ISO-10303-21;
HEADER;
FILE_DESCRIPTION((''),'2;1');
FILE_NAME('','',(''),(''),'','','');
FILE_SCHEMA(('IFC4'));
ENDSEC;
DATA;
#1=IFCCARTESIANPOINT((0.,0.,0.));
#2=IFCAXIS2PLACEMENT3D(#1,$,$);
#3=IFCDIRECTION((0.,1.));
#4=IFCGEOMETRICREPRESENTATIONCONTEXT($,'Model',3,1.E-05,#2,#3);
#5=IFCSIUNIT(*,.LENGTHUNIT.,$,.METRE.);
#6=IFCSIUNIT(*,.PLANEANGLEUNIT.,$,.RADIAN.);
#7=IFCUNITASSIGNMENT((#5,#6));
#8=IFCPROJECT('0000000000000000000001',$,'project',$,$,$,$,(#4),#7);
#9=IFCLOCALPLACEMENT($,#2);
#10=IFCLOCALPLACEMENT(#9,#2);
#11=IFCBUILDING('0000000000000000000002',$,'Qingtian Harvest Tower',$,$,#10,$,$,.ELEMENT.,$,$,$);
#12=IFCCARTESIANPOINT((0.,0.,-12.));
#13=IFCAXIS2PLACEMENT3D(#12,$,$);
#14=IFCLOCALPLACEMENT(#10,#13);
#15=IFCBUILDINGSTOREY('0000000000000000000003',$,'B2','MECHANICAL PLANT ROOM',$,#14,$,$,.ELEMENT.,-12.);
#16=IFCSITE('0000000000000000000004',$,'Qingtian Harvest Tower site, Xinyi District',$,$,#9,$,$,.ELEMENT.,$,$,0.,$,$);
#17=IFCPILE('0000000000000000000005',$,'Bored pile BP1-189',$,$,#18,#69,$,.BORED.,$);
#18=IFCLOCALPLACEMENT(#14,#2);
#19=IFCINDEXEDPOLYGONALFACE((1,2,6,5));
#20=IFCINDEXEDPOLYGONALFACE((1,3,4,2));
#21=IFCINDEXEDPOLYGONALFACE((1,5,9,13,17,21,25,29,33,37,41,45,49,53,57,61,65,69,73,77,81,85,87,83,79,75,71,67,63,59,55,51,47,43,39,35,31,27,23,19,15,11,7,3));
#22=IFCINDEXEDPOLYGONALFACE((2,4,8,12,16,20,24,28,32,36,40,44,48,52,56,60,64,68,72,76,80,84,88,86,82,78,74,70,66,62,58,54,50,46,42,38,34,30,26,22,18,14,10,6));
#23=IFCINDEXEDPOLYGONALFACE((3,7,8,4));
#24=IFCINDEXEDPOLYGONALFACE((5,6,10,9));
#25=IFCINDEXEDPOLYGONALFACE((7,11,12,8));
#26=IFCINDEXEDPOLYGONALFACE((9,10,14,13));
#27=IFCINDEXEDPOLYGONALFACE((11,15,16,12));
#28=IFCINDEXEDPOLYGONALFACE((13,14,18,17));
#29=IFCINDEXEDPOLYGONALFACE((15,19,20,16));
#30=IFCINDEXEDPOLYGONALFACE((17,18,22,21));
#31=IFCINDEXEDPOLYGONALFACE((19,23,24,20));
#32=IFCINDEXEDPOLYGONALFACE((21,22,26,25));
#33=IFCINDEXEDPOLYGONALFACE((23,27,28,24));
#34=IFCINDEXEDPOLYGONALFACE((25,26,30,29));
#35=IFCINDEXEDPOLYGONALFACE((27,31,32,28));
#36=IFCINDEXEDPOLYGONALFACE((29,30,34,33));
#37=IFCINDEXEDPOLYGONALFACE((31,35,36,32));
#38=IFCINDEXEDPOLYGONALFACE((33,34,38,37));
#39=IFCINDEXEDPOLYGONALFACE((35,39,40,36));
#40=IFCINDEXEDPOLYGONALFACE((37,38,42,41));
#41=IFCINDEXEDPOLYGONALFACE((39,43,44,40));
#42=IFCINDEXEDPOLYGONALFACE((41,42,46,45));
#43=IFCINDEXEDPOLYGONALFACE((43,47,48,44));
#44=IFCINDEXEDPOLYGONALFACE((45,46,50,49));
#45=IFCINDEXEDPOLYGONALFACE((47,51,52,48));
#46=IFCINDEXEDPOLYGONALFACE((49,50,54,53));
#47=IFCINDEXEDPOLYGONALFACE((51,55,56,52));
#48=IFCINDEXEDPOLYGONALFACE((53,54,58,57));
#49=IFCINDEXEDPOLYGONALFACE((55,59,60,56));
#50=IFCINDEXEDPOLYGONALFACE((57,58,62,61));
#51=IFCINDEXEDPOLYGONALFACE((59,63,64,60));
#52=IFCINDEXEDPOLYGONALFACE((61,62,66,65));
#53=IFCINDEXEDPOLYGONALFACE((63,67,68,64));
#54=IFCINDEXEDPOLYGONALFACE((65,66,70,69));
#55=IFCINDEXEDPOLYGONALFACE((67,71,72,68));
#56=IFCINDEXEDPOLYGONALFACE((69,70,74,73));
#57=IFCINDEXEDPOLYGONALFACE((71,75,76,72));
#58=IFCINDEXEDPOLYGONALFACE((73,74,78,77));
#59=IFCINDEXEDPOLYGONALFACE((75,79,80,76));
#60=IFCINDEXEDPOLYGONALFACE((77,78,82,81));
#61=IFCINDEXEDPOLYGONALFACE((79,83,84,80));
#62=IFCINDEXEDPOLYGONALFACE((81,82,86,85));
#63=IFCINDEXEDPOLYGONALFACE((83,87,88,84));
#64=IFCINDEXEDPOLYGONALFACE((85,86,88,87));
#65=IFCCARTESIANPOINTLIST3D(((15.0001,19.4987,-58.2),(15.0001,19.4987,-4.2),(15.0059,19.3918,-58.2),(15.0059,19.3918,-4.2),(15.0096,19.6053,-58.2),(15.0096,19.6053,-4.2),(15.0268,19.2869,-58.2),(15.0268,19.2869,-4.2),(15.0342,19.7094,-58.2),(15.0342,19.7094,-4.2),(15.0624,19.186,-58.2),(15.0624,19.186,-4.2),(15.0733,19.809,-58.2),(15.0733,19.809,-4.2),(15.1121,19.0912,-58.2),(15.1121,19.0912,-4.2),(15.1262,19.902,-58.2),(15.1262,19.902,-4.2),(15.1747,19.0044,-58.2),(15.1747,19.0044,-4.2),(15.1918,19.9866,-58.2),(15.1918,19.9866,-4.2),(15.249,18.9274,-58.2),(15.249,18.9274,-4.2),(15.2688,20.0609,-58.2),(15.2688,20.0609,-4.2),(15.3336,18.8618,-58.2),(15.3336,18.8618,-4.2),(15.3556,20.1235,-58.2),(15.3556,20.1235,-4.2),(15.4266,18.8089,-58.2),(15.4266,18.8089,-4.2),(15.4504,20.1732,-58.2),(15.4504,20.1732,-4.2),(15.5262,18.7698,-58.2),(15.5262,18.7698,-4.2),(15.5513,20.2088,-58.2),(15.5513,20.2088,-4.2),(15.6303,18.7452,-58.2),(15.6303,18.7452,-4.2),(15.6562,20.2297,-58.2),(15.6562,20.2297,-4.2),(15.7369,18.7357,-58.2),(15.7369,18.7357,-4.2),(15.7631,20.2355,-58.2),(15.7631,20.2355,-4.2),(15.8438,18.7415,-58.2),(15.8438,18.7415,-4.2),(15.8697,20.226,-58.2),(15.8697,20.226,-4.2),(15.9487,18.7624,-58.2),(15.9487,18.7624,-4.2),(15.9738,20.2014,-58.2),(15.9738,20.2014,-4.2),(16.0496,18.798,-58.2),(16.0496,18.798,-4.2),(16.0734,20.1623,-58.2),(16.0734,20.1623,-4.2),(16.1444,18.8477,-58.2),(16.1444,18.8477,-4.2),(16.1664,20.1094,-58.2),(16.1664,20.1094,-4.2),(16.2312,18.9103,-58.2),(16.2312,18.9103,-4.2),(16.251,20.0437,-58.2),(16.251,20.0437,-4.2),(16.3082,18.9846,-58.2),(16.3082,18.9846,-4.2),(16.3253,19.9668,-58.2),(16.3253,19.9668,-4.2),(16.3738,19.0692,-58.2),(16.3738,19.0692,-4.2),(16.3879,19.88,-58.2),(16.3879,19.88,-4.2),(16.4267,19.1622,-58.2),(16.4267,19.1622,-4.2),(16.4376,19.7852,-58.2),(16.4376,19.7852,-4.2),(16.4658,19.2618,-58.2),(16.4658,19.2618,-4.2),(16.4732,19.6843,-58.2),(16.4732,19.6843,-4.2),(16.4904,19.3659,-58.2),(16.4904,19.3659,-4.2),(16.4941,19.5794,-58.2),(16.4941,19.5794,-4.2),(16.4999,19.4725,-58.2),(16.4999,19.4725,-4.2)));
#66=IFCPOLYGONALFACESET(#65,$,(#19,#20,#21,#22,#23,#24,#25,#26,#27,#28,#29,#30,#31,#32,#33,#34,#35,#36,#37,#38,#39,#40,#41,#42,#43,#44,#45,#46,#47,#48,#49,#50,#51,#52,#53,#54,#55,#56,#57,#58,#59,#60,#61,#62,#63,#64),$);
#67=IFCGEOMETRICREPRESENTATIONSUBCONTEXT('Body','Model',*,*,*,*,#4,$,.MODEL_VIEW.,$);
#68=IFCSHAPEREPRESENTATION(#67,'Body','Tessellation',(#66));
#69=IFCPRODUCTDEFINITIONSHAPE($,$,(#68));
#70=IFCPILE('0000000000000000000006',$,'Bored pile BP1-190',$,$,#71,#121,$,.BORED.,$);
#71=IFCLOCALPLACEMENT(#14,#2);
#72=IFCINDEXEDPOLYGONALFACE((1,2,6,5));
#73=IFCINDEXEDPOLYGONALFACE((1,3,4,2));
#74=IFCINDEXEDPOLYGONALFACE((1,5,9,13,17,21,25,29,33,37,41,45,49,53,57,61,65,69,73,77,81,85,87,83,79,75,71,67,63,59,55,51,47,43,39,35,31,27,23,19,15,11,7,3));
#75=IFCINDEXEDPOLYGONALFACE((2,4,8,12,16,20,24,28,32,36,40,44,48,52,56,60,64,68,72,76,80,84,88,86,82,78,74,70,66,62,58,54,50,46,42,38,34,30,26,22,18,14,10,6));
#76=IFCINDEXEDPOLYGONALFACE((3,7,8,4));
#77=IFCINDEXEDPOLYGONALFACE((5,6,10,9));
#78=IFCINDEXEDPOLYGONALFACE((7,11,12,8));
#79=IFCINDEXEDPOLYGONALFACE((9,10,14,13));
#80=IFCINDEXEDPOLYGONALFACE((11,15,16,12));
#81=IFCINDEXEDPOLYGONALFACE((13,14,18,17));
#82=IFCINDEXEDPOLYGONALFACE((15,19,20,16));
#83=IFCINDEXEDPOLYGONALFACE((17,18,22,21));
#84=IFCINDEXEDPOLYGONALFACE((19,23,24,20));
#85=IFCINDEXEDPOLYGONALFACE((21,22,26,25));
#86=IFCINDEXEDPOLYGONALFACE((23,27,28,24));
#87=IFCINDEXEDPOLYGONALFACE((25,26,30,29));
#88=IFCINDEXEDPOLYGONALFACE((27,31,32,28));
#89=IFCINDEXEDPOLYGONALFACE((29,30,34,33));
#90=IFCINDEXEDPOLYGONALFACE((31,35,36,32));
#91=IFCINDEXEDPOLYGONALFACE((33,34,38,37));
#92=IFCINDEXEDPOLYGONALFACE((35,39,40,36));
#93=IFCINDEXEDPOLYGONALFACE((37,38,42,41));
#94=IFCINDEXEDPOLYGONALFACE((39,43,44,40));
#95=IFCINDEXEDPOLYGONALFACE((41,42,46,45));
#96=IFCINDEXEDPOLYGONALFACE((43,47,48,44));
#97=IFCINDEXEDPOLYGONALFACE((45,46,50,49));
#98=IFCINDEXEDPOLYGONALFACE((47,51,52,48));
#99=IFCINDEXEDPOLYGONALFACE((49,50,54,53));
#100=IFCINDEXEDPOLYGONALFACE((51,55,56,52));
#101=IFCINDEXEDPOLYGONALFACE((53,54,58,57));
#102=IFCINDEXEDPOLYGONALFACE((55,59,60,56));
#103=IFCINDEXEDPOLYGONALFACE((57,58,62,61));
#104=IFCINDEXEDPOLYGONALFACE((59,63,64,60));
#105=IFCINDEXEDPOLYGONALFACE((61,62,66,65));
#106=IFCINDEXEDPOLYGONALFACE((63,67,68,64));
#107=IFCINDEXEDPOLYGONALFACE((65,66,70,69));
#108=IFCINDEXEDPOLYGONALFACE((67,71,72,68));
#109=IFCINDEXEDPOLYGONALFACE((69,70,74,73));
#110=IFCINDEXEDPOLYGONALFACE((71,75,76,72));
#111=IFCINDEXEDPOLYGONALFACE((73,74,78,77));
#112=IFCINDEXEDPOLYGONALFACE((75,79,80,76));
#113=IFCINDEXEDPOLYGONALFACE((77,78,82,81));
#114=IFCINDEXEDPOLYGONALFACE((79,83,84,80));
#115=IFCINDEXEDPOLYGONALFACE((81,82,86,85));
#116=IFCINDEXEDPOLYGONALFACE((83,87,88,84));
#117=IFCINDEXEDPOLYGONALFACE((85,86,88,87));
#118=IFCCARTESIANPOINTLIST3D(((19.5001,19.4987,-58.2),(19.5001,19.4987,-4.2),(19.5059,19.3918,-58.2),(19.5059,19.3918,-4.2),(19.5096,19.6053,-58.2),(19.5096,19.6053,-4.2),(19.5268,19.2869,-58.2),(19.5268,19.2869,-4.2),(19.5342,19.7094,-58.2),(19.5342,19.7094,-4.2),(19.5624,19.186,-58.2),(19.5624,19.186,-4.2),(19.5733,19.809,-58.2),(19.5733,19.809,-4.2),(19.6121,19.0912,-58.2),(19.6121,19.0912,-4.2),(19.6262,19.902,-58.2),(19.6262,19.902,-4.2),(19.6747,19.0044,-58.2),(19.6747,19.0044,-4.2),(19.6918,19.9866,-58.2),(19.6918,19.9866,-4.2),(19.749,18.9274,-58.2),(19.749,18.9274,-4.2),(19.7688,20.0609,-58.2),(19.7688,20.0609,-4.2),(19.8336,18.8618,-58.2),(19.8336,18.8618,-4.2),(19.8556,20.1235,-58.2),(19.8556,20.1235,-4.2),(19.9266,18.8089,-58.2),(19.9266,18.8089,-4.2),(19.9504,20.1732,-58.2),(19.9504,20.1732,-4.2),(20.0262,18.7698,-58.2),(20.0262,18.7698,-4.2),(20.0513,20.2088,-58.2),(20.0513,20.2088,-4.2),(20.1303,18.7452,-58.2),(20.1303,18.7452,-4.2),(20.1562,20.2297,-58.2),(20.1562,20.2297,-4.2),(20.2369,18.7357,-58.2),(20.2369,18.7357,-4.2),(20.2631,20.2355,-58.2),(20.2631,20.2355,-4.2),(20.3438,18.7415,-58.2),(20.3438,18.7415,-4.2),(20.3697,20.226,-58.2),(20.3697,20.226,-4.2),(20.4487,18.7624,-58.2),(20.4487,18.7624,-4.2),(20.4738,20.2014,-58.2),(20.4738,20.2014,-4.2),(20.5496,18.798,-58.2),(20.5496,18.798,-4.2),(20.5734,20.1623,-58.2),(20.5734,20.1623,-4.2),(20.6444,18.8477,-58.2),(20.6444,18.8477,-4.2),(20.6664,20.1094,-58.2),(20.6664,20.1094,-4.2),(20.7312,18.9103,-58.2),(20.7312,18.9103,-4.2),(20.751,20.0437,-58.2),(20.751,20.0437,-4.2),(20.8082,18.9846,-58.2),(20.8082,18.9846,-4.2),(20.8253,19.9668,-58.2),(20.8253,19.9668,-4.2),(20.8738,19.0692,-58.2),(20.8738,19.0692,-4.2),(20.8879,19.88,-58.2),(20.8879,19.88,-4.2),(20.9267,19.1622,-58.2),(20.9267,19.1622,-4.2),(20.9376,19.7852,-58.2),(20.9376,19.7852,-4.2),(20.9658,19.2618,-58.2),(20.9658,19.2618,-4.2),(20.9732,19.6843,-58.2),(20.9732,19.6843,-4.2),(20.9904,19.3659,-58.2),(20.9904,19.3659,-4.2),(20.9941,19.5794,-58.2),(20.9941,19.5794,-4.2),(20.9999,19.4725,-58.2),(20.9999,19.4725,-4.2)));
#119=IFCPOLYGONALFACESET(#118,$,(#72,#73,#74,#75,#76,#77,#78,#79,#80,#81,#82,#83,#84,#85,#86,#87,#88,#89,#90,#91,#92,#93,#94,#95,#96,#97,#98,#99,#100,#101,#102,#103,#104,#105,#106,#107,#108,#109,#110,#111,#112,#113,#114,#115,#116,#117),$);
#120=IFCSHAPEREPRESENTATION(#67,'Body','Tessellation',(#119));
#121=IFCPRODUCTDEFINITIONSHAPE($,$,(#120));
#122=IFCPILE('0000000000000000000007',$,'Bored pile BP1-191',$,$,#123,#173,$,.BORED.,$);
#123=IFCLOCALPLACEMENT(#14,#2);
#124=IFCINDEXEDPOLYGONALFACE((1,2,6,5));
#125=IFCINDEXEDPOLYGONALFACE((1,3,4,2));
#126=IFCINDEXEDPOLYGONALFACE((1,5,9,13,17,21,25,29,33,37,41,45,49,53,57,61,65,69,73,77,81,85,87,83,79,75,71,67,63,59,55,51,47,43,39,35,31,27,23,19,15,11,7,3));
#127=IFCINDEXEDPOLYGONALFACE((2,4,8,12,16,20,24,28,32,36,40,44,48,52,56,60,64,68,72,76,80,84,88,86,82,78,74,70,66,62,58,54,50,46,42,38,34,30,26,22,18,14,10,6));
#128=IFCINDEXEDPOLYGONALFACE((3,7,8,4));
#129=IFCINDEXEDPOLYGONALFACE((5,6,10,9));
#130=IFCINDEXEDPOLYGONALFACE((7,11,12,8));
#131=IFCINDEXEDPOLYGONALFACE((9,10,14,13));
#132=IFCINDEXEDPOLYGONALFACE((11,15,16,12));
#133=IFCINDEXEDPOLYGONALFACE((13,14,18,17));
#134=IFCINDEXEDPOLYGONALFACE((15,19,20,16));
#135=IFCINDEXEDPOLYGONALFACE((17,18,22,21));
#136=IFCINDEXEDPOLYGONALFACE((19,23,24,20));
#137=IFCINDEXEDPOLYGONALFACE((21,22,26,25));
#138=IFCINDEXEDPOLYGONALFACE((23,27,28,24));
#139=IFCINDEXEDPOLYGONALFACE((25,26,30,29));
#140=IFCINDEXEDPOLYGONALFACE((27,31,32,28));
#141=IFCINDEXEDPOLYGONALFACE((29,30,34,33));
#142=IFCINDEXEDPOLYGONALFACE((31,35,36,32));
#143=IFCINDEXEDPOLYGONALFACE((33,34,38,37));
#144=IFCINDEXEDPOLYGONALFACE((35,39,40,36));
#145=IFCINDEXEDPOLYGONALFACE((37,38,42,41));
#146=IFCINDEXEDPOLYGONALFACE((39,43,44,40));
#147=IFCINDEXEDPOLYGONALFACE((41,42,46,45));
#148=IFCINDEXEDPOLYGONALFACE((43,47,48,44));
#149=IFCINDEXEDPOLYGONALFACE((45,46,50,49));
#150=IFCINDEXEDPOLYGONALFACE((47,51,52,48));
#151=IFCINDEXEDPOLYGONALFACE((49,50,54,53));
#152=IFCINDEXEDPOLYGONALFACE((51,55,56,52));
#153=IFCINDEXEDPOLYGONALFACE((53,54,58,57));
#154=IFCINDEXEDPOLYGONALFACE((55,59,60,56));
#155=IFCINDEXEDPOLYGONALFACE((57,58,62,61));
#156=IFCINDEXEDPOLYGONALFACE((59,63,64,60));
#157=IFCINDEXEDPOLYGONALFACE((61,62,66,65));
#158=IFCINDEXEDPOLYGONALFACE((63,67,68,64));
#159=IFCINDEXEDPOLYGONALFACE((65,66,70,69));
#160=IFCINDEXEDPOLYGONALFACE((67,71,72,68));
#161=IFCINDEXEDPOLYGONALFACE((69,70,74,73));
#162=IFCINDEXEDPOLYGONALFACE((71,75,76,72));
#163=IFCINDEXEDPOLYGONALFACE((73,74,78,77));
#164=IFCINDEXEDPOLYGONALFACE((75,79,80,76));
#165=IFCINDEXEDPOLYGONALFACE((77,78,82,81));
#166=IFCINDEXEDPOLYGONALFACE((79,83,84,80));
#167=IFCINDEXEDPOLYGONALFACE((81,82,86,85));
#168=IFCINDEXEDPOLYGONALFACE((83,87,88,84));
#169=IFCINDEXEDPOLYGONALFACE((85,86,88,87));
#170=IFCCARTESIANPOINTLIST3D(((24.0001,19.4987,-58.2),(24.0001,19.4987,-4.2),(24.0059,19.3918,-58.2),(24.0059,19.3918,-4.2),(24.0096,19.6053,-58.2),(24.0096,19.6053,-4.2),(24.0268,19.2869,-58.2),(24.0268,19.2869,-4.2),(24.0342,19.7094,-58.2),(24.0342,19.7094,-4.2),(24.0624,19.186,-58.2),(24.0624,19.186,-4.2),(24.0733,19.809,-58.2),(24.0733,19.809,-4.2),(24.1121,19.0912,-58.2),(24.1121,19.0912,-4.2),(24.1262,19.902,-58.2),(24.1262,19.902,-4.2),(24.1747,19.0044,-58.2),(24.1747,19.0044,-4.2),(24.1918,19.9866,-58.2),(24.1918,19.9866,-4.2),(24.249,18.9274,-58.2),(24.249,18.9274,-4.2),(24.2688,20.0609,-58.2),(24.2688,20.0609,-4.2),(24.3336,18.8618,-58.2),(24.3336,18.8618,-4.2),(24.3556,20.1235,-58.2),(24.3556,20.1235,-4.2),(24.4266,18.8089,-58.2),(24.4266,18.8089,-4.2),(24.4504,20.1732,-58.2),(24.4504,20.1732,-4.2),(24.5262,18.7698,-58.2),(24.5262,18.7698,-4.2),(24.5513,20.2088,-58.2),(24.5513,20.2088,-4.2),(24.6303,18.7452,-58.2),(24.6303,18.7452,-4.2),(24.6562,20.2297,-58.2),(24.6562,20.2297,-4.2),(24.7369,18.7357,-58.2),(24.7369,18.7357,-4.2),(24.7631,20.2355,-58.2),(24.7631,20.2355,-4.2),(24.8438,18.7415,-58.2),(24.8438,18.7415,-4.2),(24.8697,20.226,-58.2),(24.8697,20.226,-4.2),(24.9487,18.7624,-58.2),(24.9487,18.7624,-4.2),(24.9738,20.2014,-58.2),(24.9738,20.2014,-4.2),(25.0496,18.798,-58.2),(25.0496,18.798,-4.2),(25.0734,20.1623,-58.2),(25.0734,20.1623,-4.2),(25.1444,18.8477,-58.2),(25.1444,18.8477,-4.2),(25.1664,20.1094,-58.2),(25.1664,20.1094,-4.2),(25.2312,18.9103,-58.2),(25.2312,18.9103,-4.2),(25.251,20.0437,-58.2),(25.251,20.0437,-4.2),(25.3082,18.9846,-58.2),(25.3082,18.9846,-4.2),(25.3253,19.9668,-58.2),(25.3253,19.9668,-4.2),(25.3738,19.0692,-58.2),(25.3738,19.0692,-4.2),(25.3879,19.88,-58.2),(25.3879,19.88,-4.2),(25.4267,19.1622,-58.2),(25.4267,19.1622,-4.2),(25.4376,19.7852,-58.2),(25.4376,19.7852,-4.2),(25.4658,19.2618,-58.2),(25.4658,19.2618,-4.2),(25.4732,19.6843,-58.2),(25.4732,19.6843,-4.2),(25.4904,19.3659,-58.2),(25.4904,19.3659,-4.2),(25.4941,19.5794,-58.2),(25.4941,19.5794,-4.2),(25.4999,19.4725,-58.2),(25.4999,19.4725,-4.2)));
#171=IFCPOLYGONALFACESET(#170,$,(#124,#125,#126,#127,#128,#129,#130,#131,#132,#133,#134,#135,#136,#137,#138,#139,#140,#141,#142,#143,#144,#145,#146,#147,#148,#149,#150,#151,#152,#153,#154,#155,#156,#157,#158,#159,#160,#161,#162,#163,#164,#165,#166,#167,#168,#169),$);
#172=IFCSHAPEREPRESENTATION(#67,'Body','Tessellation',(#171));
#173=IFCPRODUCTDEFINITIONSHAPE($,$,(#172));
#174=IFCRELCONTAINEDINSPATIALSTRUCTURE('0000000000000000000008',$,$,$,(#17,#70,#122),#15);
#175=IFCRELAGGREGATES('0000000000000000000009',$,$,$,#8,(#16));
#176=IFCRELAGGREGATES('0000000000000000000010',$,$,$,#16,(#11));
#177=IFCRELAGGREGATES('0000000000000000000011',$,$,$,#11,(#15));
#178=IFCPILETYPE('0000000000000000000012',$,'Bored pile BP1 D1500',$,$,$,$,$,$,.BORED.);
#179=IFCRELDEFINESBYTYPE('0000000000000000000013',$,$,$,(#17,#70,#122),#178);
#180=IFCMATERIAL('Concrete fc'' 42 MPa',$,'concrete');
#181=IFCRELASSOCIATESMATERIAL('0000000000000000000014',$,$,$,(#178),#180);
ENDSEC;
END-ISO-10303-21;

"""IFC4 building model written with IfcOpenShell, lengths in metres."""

from ifc_helpers import new_model, si_unit, direction, frame, frame_2d, origin, place, context, subcontext, project, spatial, circle, extrude, material, material_profile, profile_set, type_object, element, save


model = new_model("IFC4")

# Units and contexts
model_context = context("Model", 3, precision=1e-05, world=origin(), true_north=direction((0.0, 1.0)))
body_context = subcontext(model_context, "Body", "Model", "MODEL_VIEW")
ifc_project = project(units=[si_unit("LENGTHUNIT", "METRE"), si_unit("PLANEANGLEUNIT", "RADIAN")], contexts=[model_context])

# Site, building, storey
site_placement = place(None, origin())
site = spatial("IfcSite", under=ifc_project, at=site_placement, Name="Qingtian Harvest Tower site, Xinyi District", CompositionType="ELEMENT", RefElevation=0.0)
building_placement = place(site_placement, origin())
building = spatial("IfcBuilding", under=site, at=building_placement, Name="Qingtian Harvest Tower", CompositionType="ELEMENT")
storey_placement = place(building_placement, frame((0.0, 0.0, -12.0)))
storey = spatial("IfcBuildingStorey", under=building, at=storey_placement, Name="B2", Description="MECHANICAL PLANT ROOM", CompositionType="ELEMENT", Elevation=-12.0)

# Piles
ifc_material_1 = material(Name="Concrete fc' 42 MPa", Category="concrete")
ifc_material_profile_1 = material_profile(ifc_material_1, circle(Radius=0.75, at=frame_2d((0.0, 0.0), x_axis=(0.999848, 0.017452))), Name="Bored pile BP1 D1500")
ifc_profile_set_1 = profile_set([ifc_material_profile_1], Name="Concrete fc' 42 MPa")
pile_type = type_object("IfcPileType", Name="Bored pile BP1 D1500", PredefinedType="BORED", material=ifc_profile_set_1)
for number, where, z_axis, x_axis, name in (
    (1, (15.75, 19.4856, -4.2), (0.0, 0.0, -1.0), (1.0, 0.0, 0.0), "Bored pile BP1-189"),
    (2, (20.25, 19.4856, -4.2), (0.0, 0.0, -1.0), (1.0, 0.0, 0.0), "Bored pile BP1-190"),
    (3, (24.75, 19.4856, -4.2), (0.0, 0.0, -1.0), (1.0, 0.0, 0.0), "Bored pile BP1-191"),
):
    element("IfcPile", number, at=place(storey_placement, frame(where, z_axis=z_axis, x_axis=x_axis)), inside=storey, type_object=pile_type, Name=name, PredefinedType="BORED", context=body_context, shape_type="SweptSolid", body=[
        extrude(circle(Radius=0.75, at=frame_2d((0.0, 0.0), x_axis=(0.999848, 0.017452))), origin(), (0.0, 0.0, 1.0), 54.0),
    ])

save(model, "model.ifc")
